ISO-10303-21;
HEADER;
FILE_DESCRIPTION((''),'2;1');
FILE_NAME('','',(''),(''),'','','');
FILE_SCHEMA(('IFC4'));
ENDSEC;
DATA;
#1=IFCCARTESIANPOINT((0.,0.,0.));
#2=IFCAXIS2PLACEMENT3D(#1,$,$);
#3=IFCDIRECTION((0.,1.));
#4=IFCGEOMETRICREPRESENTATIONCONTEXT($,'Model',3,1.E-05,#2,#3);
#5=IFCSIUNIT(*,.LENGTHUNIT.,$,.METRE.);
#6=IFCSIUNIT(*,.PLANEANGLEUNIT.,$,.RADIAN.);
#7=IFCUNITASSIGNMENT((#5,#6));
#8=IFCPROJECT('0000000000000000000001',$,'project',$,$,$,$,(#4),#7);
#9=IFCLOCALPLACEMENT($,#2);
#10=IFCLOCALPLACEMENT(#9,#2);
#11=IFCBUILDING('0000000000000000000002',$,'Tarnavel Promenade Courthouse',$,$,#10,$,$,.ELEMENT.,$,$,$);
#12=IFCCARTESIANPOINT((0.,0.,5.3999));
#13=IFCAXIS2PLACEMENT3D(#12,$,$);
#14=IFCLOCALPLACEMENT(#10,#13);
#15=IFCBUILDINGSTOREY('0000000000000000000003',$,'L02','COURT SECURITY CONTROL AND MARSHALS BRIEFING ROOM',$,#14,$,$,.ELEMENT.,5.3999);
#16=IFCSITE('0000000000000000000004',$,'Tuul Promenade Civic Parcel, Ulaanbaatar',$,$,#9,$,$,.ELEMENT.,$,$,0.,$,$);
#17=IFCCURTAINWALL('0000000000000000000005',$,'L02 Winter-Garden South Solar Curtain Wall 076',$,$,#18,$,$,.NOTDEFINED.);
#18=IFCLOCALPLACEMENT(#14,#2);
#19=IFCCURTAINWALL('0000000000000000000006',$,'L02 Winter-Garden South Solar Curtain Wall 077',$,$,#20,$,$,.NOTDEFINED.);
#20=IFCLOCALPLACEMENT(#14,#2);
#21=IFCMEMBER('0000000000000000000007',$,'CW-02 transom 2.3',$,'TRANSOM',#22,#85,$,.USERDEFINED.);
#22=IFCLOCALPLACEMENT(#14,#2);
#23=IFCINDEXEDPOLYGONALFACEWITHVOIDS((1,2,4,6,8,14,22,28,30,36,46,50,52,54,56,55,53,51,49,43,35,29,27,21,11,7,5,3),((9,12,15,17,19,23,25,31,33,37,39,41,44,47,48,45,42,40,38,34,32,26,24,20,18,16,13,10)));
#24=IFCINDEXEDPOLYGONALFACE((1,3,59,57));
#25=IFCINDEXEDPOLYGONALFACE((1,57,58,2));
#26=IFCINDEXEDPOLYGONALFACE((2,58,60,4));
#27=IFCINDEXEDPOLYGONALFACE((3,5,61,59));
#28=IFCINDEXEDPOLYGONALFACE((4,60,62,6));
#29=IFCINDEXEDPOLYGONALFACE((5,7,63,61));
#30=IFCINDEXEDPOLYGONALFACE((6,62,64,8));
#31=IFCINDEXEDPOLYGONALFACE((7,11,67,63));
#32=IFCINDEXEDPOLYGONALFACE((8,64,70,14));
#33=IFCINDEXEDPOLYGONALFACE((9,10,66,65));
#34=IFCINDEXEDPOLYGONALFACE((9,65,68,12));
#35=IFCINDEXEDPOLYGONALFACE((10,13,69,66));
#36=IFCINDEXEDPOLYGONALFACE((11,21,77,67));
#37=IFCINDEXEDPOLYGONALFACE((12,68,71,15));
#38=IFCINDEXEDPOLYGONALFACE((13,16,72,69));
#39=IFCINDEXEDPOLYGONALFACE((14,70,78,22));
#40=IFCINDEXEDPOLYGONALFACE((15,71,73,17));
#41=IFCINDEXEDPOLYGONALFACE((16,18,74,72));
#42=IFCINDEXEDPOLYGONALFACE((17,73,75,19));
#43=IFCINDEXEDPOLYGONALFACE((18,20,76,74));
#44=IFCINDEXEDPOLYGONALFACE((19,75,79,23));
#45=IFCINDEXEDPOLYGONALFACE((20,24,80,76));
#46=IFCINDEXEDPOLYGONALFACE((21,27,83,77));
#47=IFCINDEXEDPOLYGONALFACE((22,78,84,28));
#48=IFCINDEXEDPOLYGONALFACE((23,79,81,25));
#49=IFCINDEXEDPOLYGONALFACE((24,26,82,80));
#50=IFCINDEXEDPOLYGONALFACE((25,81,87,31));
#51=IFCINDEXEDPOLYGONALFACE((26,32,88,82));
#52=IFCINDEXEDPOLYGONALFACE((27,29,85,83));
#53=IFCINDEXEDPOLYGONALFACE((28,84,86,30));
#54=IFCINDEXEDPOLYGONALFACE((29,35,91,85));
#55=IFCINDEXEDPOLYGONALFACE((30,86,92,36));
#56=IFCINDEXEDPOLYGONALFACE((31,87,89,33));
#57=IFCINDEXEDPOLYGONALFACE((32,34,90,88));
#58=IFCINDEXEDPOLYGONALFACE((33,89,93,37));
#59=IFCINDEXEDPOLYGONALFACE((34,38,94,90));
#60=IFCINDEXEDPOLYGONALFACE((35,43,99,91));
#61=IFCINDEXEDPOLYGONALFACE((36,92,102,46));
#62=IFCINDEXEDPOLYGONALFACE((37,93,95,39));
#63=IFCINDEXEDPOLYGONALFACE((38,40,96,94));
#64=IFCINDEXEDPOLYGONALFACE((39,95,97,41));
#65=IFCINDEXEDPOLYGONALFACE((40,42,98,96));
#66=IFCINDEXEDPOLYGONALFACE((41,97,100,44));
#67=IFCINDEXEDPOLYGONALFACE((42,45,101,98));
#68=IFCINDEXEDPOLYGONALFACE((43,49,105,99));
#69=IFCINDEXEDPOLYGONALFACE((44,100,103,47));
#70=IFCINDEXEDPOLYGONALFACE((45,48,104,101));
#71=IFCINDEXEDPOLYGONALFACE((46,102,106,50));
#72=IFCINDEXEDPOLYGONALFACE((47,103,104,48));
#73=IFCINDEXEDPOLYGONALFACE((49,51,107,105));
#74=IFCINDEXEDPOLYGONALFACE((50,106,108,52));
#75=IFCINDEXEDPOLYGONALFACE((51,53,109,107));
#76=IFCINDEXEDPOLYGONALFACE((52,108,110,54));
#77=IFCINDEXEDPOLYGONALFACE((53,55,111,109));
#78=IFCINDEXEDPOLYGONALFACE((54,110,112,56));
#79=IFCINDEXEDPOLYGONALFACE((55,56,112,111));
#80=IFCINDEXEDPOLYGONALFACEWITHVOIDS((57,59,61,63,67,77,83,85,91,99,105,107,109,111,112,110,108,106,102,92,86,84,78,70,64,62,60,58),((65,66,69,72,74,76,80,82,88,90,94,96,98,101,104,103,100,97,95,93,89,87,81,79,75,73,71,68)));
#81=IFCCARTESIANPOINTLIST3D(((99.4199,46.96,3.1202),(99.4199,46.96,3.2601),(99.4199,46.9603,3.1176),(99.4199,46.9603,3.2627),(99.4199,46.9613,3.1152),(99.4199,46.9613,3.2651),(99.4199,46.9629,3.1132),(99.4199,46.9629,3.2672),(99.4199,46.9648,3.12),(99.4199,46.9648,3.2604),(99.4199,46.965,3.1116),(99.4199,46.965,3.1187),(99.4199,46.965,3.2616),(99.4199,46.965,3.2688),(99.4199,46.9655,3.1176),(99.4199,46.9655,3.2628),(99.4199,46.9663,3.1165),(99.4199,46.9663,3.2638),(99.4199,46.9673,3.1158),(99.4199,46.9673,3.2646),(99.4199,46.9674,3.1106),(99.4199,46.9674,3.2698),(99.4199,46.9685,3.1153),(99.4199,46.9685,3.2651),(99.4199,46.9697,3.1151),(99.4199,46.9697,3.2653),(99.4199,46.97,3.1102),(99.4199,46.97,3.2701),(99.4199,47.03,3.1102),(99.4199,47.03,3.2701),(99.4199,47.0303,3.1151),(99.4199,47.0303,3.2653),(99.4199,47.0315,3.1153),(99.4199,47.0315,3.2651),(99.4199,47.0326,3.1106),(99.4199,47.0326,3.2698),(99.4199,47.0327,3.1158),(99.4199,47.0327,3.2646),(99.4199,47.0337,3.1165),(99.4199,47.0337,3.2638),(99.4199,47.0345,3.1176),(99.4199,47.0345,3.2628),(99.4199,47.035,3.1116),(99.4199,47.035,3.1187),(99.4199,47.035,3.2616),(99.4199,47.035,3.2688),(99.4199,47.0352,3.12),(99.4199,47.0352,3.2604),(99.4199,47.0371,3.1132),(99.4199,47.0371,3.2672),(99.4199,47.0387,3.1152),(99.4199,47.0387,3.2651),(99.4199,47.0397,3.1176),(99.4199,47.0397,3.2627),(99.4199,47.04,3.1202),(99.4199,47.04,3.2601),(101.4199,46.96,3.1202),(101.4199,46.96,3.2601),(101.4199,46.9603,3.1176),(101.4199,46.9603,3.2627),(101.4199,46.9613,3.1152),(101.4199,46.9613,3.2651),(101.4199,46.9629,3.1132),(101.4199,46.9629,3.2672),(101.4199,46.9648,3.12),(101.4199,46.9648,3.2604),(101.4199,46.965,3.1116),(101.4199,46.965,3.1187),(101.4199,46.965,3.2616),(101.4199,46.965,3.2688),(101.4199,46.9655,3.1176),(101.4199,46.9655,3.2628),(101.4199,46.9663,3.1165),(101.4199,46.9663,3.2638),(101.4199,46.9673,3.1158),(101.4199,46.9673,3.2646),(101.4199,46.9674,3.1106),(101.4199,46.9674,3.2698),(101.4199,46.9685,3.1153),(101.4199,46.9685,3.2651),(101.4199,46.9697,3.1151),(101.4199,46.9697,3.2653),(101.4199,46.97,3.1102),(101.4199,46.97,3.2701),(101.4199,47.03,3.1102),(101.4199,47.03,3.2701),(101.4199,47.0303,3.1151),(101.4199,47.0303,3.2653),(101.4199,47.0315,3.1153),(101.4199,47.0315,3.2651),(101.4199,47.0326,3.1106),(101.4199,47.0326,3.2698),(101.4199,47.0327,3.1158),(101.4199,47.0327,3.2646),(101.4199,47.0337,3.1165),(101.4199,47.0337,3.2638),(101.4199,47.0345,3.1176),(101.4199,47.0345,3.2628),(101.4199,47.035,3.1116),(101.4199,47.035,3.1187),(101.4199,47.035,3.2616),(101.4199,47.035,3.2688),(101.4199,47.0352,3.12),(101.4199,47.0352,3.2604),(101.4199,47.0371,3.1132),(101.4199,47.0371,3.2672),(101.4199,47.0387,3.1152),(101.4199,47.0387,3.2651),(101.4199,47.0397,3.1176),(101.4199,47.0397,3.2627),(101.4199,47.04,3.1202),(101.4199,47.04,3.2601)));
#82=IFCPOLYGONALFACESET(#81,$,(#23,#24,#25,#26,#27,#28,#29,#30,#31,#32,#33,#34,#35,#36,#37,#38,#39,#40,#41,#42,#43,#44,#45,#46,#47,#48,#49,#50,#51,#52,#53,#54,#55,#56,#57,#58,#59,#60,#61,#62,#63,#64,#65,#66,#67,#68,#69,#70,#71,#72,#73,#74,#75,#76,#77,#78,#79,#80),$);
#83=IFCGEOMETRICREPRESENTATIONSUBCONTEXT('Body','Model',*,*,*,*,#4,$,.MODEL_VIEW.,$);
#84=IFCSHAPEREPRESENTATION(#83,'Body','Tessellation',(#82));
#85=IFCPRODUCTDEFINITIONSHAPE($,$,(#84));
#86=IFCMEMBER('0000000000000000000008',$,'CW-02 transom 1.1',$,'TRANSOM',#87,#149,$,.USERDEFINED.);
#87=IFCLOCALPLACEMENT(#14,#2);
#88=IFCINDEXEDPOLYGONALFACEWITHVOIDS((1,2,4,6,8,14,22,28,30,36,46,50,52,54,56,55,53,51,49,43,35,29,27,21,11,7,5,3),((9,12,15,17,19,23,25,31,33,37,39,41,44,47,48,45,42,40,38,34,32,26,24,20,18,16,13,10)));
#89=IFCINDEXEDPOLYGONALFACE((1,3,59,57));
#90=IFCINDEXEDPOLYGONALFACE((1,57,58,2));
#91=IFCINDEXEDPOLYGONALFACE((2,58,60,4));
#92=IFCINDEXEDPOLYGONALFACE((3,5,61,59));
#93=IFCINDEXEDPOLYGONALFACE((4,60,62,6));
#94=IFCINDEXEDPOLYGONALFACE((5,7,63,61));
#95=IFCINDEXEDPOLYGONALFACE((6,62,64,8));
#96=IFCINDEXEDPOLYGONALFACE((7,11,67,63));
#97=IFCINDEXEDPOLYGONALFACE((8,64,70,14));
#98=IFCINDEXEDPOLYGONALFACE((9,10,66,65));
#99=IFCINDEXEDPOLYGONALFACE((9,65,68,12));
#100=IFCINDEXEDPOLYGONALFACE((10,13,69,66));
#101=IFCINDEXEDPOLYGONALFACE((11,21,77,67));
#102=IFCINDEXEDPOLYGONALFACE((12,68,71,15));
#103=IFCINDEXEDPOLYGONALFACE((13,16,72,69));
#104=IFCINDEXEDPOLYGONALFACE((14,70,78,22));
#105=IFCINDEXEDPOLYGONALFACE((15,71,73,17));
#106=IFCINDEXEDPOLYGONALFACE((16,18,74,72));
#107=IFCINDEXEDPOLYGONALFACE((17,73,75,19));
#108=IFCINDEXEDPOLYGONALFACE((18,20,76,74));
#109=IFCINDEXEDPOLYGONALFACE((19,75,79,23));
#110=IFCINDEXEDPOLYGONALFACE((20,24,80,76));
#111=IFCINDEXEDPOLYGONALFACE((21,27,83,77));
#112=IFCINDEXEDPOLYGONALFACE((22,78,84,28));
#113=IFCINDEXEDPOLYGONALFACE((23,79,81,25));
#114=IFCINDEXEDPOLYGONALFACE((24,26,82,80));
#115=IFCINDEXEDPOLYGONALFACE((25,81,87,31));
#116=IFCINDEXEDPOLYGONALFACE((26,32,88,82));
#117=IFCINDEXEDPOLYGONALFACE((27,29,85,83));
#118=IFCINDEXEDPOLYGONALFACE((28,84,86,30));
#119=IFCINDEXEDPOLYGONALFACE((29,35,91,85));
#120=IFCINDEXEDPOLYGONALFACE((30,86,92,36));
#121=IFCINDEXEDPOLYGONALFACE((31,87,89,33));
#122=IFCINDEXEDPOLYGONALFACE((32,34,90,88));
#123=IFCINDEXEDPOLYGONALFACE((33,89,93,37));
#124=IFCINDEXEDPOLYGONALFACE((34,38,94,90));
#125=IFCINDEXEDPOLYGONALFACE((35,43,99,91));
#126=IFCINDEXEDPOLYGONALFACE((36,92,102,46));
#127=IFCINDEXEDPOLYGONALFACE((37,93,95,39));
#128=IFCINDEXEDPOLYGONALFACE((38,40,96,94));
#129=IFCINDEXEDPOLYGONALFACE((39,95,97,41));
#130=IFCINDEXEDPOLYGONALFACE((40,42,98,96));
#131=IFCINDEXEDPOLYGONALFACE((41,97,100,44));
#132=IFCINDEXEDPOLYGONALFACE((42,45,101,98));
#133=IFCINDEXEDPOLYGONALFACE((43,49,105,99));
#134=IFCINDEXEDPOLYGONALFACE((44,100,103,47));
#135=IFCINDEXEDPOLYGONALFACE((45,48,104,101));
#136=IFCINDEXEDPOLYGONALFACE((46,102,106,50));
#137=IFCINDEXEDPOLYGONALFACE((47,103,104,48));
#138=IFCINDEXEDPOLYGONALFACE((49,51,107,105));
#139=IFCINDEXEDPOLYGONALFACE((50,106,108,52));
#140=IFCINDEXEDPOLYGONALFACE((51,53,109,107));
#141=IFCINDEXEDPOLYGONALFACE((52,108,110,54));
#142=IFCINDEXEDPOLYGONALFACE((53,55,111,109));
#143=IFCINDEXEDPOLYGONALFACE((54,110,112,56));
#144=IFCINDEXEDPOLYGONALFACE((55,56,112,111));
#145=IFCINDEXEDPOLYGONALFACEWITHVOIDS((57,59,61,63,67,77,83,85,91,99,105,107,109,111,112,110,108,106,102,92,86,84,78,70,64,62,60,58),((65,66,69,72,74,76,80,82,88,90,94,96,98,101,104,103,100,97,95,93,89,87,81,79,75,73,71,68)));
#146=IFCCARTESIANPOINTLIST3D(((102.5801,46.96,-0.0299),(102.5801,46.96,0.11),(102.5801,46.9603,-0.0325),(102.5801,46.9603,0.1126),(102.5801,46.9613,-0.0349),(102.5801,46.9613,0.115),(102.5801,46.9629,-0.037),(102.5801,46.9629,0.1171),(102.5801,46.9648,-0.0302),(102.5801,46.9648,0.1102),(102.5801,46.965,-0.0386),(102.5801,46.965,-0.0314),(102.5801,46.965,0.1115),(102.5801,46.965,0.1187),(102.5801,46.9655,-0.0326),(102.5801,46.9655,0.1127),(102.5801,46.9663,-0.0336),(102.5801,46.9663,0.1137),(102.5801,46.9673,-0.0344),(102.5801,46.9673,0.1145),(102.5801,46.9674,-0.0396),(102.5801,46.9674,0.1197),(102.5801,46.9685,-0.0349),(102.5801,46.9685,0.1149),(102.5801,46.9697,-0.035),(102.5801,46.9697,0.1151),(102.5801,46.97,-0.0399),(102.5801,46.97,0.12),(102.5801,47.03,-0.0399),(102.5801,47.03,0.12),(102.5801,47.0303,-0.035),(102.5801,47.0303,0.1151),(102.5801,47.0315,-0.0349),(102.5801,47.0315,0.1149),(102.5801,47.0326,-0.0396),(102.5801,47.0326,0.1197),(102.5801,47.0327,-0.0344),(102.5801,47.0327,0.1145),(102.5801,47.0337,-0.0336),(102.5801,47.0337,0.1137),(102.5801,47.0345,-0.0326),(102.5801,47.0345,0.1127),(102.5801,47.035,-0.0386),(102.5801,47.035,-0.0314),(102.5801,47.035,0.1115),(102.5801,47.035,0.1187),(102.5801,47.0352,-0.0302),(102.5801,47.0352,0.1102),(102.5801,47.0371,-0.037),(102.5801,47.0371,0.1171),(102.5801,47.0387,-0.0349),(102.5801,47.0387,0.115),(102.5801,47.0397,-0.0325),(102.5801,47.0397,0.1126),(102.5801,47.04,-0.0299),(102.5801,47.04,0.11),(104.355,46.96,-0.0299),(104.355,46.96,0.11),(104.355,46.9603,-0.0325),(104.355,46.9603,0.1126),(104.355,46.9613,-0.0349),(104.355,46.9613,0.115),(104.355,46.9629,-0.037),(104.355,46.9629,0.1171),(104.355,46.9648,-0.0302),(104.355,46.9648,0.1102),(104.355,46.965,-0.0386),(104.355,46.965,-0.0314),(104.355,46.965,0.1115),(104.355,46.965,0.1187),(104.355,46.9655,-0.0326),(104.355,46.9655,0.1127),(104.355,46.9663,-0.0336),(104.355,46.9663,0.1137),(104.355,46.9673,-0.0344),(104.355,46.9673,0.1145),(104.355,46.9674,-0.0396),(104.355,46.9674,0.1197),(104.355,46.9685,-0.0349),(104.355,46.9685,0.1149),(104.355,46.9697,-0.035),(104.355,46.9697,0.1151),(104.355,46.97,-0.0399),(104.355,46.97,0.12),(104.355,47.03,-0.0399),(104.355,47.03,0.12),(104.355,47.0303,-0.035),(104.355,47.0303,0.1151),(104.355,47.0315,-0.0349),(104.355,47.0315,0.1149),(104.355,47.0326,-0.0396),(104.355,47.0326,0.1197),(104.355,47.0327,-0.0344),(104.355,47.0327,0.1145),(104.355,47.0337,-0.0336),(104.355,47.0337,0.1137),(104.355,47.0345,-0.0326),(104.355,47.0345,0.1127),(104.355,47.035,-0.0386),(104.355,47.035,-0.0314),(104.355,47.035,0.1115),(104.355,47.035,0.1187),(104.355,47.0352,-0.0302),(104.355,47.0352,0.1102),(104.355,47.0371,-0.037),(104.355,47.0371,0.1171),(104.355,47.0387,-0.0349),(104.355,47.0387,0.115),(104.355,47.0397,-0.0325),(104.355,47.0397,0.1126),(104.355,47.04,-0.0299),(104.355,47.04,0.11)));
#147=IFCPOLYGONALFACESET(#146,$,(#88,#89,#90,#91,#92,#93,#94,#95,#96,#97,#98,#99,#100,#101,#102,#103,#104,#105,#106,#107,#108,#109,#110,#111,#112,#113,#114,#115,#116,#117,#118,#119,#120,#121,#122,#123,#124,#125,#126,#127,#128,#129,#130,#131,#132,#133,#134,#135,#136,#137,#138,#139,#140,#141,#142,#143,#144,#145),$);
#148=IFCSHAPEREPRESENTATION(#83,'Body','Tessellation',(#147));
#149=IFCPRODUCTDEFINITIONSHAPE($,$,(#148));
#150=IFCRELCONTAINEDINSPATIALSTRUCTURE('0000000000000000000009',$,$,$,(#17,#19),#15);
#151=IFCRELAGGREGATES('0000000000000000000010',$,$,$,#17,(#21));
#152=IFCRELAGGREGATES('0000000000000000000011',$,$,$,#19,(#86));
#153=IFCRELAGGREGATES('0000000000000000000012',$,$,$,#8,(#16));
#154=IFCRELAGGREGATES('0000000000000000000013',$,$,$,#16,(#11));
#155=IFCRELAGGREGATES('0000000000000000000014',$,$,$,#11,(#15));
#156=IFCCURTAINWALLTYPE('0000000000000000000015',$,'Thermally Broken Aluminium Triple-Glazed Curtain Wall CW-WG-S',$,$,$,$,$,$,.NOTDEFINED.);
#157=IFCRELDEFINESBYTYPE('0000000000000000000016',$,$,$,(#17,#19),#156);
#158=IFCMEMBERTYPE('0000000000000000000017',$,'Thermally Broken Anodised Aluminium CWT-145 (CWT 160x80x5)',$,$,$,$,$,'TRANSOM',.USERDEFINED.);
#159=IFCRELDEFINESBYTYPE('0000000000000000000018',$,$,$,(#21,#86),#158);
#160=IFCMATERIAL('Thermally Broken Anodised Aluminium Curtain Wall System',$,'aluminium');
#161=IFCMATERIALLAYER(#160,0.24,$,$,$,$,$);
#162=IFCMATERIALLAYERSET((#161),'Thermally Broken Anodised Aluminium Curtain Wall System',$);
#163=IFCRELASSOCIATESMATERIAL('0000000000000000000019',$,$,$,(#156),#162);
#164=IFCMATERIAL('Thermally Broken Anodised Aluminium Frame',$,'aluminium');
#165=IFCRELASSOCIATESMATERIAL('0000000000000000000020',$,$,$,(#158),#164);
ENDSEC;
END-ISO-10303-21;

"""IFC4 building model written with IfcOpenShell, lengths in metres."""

from ifc_helpers import new_model, si_unit, direction, frame, origin, origin_2d, place, context, subcontext, project, spatial, hollow_rectangle, extrude, material, layer, layer_set, material_profile, profile_set, type_object, element, aggregate, save


model = new_model("IFC4")

# Units and contexts
model_context = context("Model", 3, precision=1e-05, world=origin(), true_north=direction((0.0, 1.0)))
body_context = subcontext(model_context, "Body", "Model", "MODEL_VIEW")
ifc_project = project(units=[si_unit("LENGTHUNIT", "METRE"), si_unit("PLANEANGLEUNIT", "RADIAN")], contexts=[model_context])

# Site, building, storey
site_placement = place(None, origin())
site = spatial("IfcSite", under=ifc_project, at=site_placement, Name="Tuul Promenade Civic Parcel, Ulaanbaatar", CompositionType="ELEMENT", RefElevation=0.0)
building_placement = place(site_placement, origin())
building = spatial("IfcBuilding", under=site, at=building_placement, Name="Tarnavel Promenade Courthouse", CompositionType="ELEMENT")
storey_placement = place(building_placement, frame((0.0, 0.0, 5.3999)))
storey = spatial("IfcBuildingStorey", under=building, at=storey_placement, Name="L02", Description="COURT SECURITY CONTROL AND MARSHALS BRIEFING ROOM", CompositionType="ELEMENT", Elevation=5.3999)

# Shared definitions
ifc_material_1 = material(Name="Thermally Broken Anodised Aluminium Curtain Wall System", Category="aluminium")
ifc_layer_1 = layer(ifc_material_1, 0.24)
ifc_layer_set_1 = layer_set([ifc_layer_1], Name="Thermally Broken Anodised Aluminium Curtain Wall System")
curtain_wall_type = type_object("IfcCurtainWallType", Name="Thermally Broken Aluminium Triple-Glazed Curtain Wall CW-WG-S", PredefinedType="NOTDEFINED", material=ifc_layer_set_1)
ifc_material_2 = material(Name="Thermally Broken Anodised Aluminium Frame", Category="aluminium")

# Curtain walls
curtain_wall_1_placement = place(storey_placement, origin())
curtain_wall_1 = element("IfcCurtainWall", 1, at=curtain_wall_1_placement, inside=storey, type_object=curtain_wall_type, Name="L02 Winter-Garden South Solar Curtain Wall 076", PredefinedType="NOTDEFINED")
curtain_wall_2_placement = place(storey_placement, origin())
curtain_wall_2 = element("IfcCurtainWall", 2, at=curtain_wall_2_placement, inside=storey, type_object=curtain_wall_type, Name="L02 Winter-Garden South Solar Curtain Wall 077", PredefinedType="NOTDEFINED")

# Members
ifc_material_profile_1 = material_profile(ifc_material_2, hollow_rectangle(XDim=0.0801, YDim=0.1599, WallThickness=0.0049, InnerFilletRadius=0.0049, OuterFilletRadius=0.01, at=origin_2d()), Name="CWT 160x80x5")
ifc_profile_set_1 = profile_set([ifc_material_profile_1], Name="Thermally Broken Anodised Aluminium Frame")
member_type_1 = type_object("IfcMemberType", Name="Thermally Broken Anodised Aluminium CWT-145 (CWT 160x80x5)", ElementType="TRANSOM", PredefinedType="USERDEFINED", material=ifc_profile_set_1)
member_1_placement = place(storey_placement, frame((99.4199, 47.0, 3.1902), z_axis=(1.0, 0.0, 0.0), x_axis=(0.0, 1.0, 0.0)))
member_1 = element("IfcMember", 3, at=member_1_placement, type_object=member_type_1, Name="CW-02 transom 2.3", ObjectType="TRANSOM", PredefinedType="USERDEFINED", context=body_context, shape_type="SweptSolid", body=[
    extrude(hollow_rectangle(XDim=0.0801, YDim=0.1599, WallThickness=0.0049, InnerFilletRadius=0.0049, OuterFilletRadius=0.01, at=origin_2d()), origin(), (0.0, 0.0, 1.0), 2.0),
])
member_2_placement = place(storey_placement, frame((102.5801, 47.0, 0.04), z_axis=(1.0, 0.0, 0.0), x_axis=(0.0, 1.0, 0.0)))
member_2 = element("IfcMember", 4, at=member_2_placement, type_object=member_type_1, Name="CW-02 transom 1.1", ObjectType="TRANSOM", PredefinedType="USERDEFINED", context=body_context, shape_type="SweptSolid", body=[
    extrude(hollow_rectangle(XDim=0.0801, YDim=0.1599, WallThickness=0.0049, InnerFilletRadius=0.0049, OuterFilletRadius=0.01, at=origin_2d()), origin(), (0.0, 0.0, 1.0), 1.7749),
])

aggregate(curtain_wall_1, [member_1])
aggregate(curtain_wall_2, [member_2])

save(model, "model.ifc")
